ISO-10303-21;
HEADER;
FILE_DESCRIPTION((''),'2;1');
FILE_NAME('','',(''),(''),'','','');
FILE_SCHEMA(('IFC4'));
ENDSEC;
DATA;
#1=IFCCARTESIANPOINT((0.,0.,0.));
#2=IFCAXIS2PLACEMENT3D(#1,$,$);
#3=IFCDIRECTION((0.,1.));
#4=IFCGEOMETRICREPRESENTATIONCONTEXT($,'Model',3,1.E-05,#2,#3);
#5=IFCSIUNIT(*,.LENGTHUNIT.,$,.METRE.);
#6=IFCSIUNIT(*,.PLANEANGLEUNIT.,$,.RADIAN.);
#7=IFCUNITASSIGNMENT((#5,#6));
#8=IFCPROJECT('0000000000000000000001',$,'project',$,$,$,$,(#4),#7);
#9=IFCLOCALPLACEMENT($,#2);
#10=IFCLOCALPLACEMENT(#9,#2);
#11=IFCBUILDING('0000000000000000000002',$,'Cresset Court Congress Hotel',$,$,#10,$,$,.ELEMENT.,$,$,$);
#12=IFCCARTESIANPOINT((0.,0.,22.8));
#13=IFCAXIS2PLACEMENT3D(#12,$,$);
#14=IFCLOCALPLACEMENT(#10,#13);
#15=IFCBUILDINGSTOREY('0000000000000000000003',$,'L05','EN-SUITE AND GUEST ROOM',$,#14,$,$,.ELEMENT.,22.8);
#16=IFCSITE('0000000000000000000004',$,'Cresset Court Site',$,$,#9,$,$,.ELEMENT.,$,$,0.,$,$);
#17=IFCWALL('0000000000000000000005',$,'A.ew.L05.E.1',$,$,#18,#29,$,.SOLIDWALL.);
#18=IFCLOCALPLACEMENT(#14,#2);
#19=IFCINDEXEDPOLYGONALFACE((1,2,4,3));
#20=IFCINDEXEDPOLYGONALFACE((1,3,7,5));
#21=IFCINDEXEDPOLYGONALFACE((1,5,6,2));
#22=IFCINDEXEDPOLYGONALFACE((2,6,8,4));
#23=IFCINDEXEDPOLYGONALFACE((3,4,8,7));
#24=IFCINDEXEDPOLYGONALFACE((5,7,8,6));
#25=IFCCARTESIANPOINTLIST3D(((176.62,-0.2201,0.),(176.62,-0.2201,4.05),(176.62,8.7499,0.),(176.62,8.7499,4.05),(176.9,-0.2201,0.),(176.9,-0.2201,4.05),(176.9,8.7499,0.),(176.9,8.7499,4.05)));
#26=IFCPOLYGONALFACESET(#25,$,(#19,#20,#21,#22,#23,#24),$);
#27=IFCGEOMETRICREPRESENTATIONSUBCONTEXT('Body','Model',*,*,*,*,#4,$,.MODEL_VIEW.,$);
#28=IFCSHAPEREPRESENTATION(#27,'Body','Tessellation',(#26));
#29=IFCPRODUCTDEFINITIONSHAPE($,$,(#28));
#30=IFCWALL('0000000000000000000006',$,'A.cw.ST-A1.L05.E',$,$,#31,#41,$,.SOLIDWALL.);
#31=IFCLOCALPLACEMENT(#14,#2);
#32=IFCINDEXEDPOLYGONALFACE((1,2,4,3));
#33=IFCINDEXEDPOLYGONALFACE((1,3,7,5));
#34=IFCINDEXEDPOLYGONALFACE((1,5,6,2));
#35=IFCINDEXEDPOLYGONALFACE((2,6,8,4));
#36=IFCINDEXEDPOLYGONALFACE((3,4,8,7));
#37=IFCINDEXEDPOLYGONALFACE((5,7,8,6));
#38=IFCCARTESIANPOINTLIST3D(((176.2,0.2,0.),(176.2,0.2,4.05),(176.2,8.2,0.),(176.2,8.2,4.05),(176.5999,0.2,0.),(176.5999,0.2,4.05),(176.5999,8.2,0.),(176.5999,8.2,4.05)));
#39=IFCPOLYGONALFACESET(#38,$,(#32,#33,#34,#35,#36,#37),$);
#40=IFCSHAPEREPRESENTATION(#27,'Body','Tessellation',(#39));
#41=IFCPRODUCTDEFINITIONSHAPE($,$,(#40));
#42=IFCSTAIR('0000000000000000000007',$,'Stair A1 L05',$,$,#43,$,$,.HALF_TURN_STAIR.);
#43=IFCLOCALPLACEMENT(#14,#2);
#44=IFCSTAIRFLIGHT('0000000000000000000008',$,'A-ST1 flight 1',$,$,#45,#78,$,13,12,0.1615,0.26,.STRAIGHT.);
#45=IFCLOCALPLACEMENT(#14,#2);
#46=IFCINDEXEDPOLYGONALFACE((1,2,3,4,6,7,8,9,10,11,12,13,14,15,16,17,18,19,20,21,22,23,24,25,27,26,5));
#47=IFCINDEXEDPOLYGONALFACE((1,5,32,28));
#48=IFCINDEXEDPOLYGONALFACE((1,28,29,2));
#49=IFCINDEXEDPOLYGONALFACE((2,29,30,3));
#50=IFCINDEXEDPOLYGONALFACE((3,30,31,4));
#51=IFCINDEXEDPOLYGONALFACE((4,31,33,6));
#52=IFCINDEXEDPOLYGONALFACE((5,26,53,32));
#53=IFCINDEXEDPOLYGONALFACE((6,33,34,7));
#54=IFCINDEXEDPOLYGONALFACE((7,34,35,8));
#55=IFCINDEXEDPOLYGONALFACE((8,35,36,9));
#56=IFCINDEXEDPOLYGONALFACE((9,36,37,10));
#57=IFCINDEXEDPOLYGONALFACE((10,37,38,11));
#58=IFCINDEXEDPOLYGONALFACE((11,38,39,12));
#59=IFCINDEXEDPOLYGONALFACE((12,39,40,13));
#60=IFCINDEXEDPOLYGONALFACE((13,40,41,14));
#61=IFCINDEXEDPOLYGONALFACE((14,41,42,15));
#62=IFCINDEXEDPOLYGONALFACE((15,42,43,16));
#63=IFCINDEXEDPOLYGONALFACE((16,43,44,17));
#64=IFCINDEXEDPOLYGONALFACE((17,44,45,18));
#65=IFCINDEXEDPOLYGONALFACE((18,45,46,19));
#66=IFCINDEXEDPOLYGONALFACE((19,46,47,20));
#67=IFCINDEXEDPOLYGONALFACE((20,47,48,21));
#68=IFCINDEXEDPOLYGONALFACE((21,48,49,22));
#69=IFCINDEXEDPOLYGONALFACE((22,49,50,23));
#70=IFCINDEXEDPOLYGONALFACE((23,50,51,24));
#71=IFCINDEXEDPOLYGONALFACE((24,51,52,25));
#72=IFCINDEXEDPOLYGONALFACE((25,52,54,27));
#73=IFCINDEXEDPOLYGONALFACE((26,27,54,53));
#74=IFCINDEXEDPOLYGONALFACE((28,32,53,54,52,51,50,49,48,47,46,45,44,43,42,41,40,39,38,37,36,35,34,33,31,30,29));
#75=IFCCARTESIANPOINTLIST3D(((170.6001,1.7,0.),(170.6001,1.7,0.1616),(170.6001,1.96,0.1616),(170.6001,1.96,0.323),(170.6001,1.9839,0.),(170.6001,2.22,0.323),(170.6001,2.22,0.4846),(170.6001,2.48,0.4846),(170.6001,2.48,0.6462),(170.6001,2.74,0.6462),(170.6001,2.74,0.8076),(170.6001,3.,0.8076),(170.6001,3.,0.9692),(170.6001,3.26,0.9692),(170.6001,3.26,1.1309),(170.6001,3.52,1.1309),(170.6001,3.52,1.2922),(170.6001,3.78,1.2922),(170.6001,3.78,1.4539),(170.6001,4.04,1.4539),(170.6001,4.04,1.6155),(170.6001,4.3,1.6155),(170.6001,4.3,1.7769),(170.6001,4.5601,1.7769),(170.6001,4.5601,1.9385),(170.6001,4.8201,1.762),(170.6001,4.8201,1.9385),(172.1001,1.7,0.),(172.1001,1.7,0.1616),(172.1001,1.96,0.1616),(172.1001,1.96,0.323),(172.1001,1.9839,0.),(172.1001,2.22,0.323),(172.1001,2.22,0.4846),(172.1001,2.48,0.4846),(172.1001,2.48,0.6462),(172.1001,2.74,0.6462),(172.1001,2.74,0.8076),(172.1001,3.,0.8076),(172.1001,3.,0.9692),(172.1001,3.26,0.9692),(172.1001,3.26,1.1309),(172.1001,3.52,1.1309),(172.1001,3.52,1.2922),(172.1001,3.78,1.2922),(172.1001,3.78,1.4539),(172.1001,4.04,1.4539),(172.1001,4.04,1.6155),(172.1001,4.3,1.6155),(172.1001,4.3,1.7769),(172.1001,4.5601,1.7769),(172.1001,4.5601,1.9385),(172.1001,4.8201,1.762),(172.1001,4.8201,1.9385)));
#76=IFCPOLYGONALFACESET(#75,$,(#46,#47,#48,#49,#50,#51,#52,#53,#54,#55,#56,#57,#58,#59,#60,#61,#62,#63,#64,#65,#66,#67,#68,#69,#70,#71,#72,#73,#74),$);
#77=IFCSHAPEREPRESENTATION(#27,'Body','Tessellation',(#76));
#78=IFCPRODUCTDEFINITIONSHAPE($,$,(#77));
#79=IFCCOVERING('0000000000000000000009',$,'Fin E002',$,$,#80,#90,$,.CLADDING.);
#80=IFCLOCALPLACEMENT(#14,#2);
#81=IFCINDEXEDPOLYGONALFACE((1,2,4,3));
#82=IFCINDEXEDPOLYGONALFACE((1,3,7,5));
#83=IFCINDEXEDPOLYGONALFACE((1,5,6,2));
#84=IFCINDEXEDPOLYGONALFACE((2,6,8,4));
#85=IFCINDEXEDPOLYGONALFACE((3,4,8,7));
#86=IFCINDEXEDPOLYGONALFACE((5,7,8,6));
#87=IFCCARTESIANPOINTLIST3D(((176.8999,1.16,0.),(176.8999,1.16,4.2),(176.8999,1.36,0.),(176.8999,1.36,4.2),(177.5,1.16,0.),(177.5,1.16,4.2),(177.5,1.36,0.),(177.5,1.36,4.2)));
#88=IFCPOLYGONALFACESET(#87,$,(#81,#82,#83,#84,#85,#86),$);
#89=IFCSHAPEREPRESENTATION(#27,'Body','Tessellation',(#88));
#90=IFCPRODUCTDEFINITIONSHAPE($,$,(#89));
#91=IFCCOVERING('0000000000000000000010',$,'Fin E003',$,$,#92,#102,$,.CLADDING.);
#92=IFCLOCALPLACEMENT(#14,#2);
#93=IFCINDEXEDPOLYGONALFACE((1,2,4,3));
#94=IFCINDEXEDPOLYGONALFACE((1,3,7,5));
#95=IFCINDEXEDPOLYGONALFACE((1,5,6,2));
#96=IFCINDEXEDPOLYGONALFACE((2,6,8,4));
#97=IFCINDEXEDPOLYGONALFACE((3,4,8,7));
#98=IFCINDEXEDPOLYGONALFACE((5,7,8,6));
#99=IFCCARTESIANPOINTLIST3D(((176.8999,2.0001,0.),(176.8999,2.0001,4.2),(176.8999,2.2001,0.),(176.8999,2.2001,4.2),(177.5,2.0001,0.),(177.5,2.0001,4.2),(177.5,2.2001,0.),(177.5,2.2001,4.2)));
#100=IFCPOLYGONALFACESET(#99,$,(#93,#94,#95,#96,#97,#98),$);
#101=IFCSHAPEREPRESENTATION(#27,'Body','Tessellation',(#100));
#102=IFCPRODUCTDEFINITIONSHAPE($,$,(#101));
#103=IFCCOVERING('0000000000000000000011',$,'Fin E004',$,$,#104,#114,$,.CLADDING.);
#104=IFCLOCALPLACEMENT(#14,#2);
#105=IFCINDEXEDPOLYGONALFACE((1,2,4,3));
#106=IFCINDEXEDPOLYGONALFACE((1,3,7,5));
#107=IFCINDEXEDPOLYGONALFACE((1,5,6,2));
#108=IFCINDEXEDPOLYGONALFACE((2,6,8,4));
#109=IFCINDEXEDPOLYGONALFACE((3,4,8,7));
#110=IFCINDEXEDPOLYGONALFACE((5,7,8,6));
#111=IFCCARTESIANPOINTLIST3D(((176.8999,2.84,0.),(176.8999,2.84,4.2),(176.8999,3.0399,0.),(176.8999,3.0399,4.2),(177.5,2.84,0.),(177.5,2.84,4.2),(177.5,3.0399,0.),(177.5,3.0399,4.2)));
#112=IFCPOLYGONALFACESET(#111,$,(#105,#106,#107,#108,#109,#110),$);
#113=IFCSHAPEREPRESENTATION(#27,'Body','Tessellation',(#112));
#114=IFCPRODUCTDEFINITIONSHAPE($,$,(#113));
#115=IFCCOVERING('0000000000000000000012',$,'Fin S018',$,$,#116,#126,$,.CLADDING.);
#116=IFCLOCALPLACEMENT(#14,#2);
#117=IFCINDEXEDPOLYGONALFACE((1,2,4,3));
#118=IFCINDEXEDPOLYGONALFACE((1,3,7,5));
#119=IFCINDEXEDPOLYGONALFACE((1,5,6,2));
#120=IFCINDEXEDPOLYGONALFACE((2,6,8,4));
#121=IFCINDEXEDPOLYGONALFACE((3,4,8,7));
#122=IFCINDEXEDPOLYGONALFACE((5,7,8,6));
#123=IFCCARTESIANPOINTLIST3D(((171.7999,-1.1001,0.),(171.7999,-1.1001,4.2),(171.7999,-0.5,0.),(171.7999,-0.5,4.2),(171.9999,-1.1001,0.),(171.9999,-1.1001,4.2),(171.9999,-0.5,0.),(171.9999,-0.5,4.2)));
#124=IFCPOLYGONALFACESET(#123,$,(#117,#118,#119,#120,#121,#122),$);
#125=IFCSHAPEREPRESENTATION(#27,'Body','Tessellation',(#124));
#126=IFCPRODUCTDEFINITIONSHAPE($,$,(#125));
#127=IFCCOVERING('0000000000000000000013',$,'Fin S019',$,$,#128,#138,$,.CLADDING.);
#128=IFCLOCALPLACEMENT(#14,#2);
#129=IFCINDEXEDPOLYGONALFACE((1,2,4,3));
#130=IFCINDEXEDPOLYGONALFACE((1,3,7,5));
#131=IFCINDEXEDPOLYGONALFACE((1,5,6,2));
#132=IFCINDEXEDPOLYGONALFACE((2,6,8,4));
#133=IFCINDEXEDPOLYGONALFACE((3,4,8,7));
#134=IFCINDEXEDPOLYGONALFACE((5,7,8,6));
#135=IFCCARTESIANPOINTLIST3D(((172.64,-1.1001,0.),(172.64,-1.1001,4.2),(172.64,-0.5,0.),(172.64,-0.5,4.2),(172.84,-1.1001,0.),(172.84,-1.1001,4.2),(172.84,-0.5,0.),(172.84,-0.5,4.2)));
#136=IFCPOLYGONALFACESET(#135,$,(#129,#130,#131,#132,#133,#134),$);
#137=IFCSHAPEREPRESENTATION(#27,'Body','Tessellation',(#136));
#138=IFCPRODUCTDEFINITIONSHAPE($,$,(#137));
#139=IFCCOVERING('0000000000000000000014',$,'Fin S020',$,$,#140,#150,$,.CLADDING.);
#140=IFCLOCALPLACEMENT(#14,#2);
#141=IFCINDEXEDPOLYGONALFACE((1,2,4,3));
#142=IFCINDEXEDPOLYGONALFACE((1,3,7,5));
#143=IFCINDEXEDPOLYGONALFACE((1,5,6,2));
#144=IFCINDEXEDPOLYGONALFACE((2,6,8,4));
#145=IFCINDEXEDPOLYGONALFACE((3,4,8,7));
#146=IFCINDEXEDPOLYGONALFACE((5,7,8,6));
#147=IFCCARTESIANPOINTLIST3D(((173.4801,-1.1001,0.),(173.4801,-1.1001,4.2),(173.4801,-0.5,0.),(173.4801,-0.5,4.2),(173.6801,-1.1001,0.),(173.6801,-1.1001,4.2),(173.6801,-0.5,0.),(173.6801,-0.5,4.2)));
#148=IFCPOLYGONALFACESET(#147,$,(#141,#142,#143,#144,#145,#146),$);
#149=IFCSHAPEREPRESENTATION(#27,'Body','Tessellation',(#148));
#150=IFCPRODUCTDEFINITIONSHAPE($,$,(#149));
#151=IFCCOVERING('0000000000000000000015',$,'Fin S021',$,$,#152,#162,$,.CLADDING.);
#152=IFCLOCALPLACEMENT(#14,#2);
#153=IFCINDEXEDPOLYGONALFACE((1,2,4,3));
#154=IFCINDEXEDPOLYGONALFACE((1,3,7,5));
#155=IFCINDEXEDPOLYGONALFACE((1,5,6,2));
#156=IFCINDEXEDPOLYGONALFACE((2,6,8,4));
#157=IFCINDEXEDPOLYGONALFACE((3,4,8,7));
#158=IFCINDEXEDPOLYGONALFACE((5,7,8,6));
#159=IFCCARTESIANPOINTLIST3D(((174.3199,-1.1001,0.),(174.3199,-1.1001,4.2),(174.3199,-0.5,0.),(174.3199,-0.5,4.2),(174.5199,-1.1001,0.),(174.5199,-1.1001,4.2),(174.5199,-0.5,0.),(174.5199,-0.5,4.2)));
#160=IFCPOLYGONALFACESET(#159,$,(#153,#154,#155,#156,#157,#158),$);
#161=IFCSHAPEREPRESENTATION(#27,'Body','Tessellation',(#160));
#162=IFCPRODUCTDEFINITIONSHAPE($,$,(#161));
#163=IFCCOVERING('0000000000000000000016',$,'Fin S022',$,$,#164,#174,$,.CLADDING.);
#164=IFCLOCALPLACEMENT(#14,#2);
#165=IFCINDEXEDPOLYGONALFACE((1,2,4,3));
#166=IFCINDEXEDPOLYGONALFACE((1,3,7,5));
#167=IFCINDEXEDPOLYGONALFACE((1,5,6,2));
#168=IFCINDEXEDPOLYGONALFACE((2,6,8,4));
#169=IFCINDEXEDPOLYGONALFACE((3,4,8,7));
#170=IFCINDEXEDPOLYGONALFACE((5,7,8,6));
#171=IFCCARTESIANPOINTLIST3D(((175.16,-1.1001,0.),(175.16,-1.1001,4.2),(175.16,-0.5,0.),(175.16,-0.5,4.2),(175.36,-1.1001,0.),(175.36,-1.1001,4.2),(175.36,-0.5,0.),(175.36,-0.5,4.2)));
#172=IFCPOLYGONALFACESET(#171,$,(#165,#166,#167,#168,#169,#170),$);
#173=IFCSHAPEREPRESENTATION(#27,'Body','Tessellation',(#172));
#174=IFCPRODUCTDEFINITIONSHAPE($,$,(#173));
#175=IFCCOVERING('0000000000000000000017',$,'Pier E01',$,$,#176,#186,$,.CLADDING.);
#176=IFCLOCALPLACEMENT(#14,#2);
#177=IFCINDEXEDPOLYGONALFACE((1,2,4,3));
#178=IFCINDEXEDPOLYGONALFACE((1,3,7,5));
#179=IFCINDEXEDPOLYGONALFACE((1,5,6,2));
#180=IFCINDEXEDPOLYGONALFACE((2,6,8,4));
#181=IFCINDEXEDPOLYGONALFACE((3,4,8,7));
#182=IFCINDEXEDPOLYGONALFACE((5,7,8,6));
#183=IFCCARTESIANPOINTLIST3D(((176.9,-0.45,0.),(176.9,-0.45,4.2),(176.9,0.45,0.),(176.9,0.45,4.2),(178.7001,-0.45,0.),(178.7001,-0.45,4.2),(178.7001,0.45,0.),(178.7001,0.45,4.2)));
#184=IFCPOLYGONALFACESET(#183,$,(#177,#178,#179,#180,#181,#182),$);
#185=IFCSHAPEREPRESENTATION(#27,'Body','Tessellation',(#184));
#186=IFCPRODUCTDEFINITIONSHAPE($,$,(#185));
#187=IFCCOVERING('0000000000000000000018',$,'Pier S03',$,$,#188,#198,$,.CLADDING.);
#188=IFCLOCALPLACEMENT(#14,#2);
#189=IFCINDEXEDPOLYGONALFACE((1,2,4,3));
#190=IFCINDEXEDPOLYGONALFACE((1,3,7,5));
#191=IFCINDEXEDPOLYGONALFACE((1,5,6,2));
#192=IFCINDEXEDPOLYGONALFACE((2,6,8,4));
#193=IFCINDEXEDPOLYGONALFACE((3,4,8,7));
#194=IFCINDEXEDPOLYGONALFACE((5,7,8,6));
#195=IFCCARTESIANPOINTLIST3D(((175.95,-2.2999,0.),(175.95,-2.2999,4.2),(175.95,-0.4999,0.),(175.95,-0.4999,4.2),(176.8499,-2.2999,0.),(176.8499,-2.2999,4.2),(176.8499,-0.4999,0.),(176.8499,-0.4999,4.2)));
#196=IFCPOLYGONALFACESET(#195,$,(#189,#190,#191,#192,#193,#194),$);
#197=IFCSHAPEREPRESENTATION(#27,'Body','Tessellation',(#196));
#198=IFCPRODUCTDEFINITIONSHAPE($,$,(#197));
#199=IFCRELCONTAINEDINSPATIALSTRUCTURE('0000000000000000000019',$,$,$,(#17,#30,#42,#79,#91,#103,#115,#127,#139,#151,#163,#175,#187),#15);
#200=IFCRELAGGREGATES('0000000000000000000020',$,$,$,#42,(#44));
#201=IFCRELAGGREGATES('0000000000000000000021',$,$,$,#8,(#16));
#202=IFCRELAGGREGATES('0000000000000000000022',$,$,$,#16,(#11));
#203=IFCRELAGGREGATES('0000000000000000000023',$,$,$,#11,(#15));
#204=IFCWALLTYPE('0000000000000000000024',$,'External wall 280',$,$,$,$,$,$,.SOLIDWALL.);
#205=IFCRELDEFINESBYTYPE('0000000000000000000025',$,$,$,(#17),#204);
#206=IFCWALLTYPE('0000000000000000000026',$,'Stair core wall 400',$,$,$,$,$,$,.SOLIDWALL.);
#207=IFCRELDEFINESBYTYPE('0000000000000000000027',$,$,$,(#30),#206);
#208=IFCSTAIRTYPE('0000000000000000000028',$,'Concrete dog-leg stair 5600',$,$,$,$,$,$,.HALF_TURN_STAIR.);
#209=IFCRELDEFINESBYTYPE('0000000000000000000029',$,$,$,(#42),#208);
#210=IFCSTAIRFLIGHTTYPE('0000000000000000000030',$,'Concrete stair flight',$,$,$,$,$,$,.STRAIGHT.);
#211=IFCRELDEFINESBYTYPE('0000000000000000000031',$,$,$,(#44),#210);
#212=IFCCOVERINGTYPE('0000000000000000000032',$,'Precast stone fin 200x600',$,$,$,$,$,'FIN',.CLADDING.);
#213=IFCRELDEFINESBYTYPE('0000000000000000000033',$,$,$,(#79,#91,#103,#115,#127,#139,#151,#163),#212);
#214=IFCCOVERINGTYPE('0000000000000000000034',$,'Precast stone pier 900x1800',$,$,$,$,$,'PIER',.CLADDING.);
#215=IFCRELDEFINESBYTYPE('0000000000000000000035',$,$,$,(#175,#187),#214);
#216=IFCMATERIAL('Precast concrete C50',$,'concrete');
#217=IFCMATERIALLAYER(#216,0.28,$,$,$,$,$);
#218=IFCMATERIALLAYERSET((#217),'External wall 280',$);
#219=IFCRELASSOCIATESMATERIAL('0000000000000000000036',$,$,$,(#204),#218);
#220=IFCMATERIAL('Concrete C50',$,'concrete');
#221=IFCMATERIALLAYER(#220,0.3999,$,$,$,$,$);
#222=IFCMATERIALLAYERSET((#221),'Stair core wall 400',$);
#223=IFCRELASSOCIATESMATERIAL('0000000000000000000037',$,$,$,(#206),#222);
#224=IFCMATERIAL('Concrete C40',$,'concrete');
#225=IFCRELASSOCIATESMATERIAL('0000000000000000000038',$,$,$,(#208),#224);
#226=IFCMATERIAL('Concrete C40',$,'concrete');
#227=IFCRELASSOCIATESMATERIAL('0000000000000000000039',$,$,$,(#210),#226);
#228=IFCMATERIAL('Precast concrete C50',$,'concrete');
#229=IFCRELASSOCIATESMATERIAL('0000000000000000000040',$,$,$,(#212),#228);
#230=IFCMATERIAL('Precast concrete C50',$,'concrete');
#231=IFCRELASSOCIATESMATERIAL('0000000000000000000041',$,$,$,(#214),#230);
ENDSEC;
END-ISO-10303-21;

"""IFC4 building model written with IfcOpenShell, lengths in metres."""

from ifc_helpers import new_model, si_unit, direction, frame, frame_2d, origin, origin_2d, place, context, subcontext, project, spatial, polyline, rectangle, outline, extrude, material, layer, layer_set, type_object, element, aggregate, save


model = new_model("IFC4")

# Units and contexts
model_context = context("Model", 3, precision=1e-05, world=origin(), true_north=direction((0.0, 1.0)))
body_context = subcontext(model_context, "Body", "Model", "MODEL_VIEW")
ifc_project = project(units=[si_unit("LENGTHUNIT", "METRE"), si_unit("PLANEANGLEUNIT", "RADIAN")], contexts=[model_context])

# Site, building, storey
site_placement = place(None, origin())
site = spatial("IfcSite", under=ifc_project, at=site_placement, Name="Cresset Court Site", CompositionType="ELEMENT", RefElevation=0.0)
building_placement = place(site_placement, origin())
building = spatial("IfcBuilding", under=site, at=building_placement, Name="Cresset Court Congress Hotel", CompositionType="ELEMENT")
storey_placement = place(building_placement, frame((0.0, 0.0, 22.8)))
storey = spatial("IfcBuildingStorey", under=building, at=storey_placement, Name="L05", Description="EN-SUITE AND GUEST ROOM", CompositionType="ELEMENT", Elevation=22.8)

# Walls
ifc_material_1 = material(Name="Precast concrete C50", Category="concrete")
ifc_layer_1 = layer(ifc_material_1, 0.28)
ifc_layer_set_1 = layer_set([ifc_layer_1], Name="External wall 280")
wall_type_1 = type_object("IfcWallType", Name="External wall 280", PredefinedType="SOLIDWALL", material=ifc_layer_set_1)
wall_1_placement = place(storey_placement, frame((176.76, -0.22, 0.0), z_axis=(0.0, 0.0, 1.0), x_axis=(0.0, 1.0, 0.0)))
element("IfcWall", 1, at=wall_1_placement, inside=storey, type_object=wall_type_1, Name="A.ew.L05.E.1", PredefinedType="SOLIDWALL", context=body_context, shape_type="SweptSolid", body=[
    extrude(rectangle(XDim=8.97, YDim=0.28, at=frame_2d((4.4849, 0.0))), origin(), (0.0, 0.0, 1.0), 4.05),
])
ifc_material_2 = material(Name="Concrete C50", Category="concrete")
ifc_layer_2 = layer(ifc_material_2, 0.3999)
ifc_layer_set_2 = layer_set([ifc_layer_2], Name="Stair core wall 400")
wall_type_2 = type_object("IfcWallType", Name="Stair core wall 400", PredefinedType="SOLIDWALL", material=ifc_layer_set_2)
wall_2_placement = place(storey_placement, frame((176.3999, 0.2, 0.0), z_axis=(0.0, 0.0, 1.0), x_axis=(0.0, 1.0, 0.0)))
element("IfcWall", 2, at=wall_2_placement, inside=storey, type_object=wall_type_2, Name="A.cw.ST-A1.L05.E", PredefinedType="SOLIDWALL", context=body_context, shape_type="SweptSolid", body=[
    extrude(rectangle(XDim=8.0, YDim=0.3999, at=frame_2d((4.0, 0.0))), origin(), (0.0, 0.0, 1.0), 4.05),
])

# Stair, stair flight
ifc_material_3 = material(Name="Concrete C40", Category="concrete")
stair_type = type_object("IfcStairType", Name="Concrete dog-leg stair 5600", PredefinedType="HALF_TURN_STAIR", material=ifc_material_3)
stair_placement = place(storey_placement, origin())
stair = element("IfcStair", 3, at=stair_placement, inside=storey, type_object=stair_type, Name="Stair A1 L05", PredefinedType="HALF_TURN_STAIR")
ifc_material_4 = material(Name="Concrete C40", Category="concrete")
stair_flight_type = type_object("IfcStairFlightType", Name="Concrete stair flight", PredefinedType="STRAIGHT", material=ifc_material_4)
stair_flight_placement = place(storey_placement, frame((171.3501, 1.7, 0.0), z_axis=(0.0, 0.0, 1.0), x_axis=(0.0, 1.0, 0.0)))
stair_flight = element("IfcStairFlight", 4, at=stair_flight_placement, type_object=stair_flight_type, Name="A-ST1 flight 1", NumberOfRisers=13, NumberOfTreads=12, PredefinedType="STRAIGHT", RiserHeight=0.1615, TreadLength=0.26, context=body_context, shape_type="SweptSolid", body=[
    extrude(outline(polyline([(0.0, 0.0), (0.0, 0.1616), (0.26, 0.1616), (0.26, 0.323), (0.52, 0.323), (0.52, 0.4846), (0.78, 0.4846), (0.78, 0.6462), (1.04, 0.6462), (1.04, 0.8076), (1.3, 0.8076), (1.3, 0.9692), (1.5601, 0.9692), (1.5601, 1.1309), (1.8201, 1.1309), (1.8201, 1.2922), (2.0801, 1.2922), (2.0801, 1.4539), (2.3401, 1.4539), (2.3401, 1.6155), (2.6001, 1.6155), (2.6001, 1.7769), (2.8601, 1.7769), (2.8601, 1.9385), (3.1201, 1.9385), (3.1201, 2.1001), (3.1201, 1.762), (0.2839, 0.0), (0.0, 0.0)])), frame((0.0, 0.75, 0.0), z_axis=(0.0, -1.0, 0.0), x_axis=(1.0, 0.0, 0.0)), (0.0, 0.0, 1.0), 1.5),
])
aggregate(stair, [stair_flight])

# Coverings
ifc_material_5 = material(Name="Precast concrete C50", Category="concrete")
covering_type_1 = type_object("IfcCoveringType", Name="Precast stone fin 200x600", ElementType="FIN", PredefinedType="CLADDING", material=ifc_material_5)
for number, where, z_axis, x_axis, name in (
    (5, (177.2, 1.26, 0.0), (0.0, 0.0, 1.0), (1.0, 0.0, 0.0), "Fin E002"),
    (6, (177.2, 2.1001, 0.0), (0.0, 0.0, 1.0), (1.0, 0.0, 0.0), "Fin E003"),
    (7, (177.2, 2.9399, 0.0), (0.0, 0.0, 1.0), (1.0, 0.0, 0.0), "Fin E004"),
):
    element("IfcCovering", number, at=place(storey_placement, frame(where, z_axis=z_axis, x_axis=x_axis)), inside=storey, type_object=covering_type_1, Name=name, PredefinedType="CLADDING", context=body_context, shape_type="SweptSolid", body=[
        extrude(rectangle(XDim=0.6001, YDim=0.2, at=origin_2d()), origin(), (0.0, 0.0, 1.0), 4.2),
    ])
for number, where, z_axis, x_axis, name in (
    (8, (171.8999, -0.8, 0.0), (0.0, 0.0, 1.0), (1.0, 0.0, 0.0), "Fin S018"),
    (9, (172.74, -0.8, 0.0), (0.0, 0.0, 1.0), (1.0, 0.0, 0.0), "Fin S019"),
    (10, (173.5801, -0.8, 0.0), (0.0, 0.0, 1.0), (1.0, 0.0, 0.0), "Fin S020"),
    (11, (174.4199, -0.8, 0.0), (0.0, 0.0, 1.0), (1.0, 0.0, 0.0), "Fin S021"),
    (12, (175.26, -0.8, 0.0), (0.0, 0.0, 1.0), (1.0, 0.0, 0.0), "Fin S022"),
):
    element("IfcCovering", number, at=place(storey_placement, frame(where, z_axis=z_axis, x_axis=x_axis)), inside=storey, type_object=covering_type_1, Name=name, PredefinedType="CLADDING", context=body_context, shape_type="SweptSolid", body=[
        extrude(rectangle(XDim=0.2, YDim=0.6001, at=origin_2d()), origin(), (0.0, 0.0, 1.0), 4.2),
    ])
ifc_material_6 = material(Name="Precast concrete C50", Category="concrete")
covering_type_2 = type_object("IfcCoveringType", Name="Precast stone pier 900x1800", ElementType="PIER", PredefinedType="CLADDING", material=ifc_material_6)
covering_1_placement = place(storey_placement, frame((177.8, 0.0, 0.0), z_axis=(0.0, 0.0, 1.0), x_axis=(1.0, 0.0, 0.0)))
element("IfcCovering", 13, at=covering_1_placement, inside=storey, type_object=covering_type_2, Name="Pier E01", PredefinedType="CLADDING", context=body_context, shape_type="SweptSolid", body=[
    extrude(rectangle(XDim=1.8, YDim=0.8999, at=origin_2d()), origin(), (0.0, 0.0, 1.0), 4.2),
])
covering_2_placement = place(storey_placement, frame((176.3999, -1.3999, 0.0), z_axis=(0.0, 0.0, 1.0), x_axis=(1.0, 0.0, 0.0)))
element("IfcCovering", 14, at=covering_2_placement, inside=storey, type_object=covering_type_2, Name="Pier S03", PredefinedType="CLADDING", context=body_context, shape_type="SweptSolid", body=[
    extrude(rectangle(XDim=0.8999, YDim=1.8, at=origin_2d()), origin(), (0.0, 0.0, 1.0), 4.2),
])

save(model, "model.ifc")
